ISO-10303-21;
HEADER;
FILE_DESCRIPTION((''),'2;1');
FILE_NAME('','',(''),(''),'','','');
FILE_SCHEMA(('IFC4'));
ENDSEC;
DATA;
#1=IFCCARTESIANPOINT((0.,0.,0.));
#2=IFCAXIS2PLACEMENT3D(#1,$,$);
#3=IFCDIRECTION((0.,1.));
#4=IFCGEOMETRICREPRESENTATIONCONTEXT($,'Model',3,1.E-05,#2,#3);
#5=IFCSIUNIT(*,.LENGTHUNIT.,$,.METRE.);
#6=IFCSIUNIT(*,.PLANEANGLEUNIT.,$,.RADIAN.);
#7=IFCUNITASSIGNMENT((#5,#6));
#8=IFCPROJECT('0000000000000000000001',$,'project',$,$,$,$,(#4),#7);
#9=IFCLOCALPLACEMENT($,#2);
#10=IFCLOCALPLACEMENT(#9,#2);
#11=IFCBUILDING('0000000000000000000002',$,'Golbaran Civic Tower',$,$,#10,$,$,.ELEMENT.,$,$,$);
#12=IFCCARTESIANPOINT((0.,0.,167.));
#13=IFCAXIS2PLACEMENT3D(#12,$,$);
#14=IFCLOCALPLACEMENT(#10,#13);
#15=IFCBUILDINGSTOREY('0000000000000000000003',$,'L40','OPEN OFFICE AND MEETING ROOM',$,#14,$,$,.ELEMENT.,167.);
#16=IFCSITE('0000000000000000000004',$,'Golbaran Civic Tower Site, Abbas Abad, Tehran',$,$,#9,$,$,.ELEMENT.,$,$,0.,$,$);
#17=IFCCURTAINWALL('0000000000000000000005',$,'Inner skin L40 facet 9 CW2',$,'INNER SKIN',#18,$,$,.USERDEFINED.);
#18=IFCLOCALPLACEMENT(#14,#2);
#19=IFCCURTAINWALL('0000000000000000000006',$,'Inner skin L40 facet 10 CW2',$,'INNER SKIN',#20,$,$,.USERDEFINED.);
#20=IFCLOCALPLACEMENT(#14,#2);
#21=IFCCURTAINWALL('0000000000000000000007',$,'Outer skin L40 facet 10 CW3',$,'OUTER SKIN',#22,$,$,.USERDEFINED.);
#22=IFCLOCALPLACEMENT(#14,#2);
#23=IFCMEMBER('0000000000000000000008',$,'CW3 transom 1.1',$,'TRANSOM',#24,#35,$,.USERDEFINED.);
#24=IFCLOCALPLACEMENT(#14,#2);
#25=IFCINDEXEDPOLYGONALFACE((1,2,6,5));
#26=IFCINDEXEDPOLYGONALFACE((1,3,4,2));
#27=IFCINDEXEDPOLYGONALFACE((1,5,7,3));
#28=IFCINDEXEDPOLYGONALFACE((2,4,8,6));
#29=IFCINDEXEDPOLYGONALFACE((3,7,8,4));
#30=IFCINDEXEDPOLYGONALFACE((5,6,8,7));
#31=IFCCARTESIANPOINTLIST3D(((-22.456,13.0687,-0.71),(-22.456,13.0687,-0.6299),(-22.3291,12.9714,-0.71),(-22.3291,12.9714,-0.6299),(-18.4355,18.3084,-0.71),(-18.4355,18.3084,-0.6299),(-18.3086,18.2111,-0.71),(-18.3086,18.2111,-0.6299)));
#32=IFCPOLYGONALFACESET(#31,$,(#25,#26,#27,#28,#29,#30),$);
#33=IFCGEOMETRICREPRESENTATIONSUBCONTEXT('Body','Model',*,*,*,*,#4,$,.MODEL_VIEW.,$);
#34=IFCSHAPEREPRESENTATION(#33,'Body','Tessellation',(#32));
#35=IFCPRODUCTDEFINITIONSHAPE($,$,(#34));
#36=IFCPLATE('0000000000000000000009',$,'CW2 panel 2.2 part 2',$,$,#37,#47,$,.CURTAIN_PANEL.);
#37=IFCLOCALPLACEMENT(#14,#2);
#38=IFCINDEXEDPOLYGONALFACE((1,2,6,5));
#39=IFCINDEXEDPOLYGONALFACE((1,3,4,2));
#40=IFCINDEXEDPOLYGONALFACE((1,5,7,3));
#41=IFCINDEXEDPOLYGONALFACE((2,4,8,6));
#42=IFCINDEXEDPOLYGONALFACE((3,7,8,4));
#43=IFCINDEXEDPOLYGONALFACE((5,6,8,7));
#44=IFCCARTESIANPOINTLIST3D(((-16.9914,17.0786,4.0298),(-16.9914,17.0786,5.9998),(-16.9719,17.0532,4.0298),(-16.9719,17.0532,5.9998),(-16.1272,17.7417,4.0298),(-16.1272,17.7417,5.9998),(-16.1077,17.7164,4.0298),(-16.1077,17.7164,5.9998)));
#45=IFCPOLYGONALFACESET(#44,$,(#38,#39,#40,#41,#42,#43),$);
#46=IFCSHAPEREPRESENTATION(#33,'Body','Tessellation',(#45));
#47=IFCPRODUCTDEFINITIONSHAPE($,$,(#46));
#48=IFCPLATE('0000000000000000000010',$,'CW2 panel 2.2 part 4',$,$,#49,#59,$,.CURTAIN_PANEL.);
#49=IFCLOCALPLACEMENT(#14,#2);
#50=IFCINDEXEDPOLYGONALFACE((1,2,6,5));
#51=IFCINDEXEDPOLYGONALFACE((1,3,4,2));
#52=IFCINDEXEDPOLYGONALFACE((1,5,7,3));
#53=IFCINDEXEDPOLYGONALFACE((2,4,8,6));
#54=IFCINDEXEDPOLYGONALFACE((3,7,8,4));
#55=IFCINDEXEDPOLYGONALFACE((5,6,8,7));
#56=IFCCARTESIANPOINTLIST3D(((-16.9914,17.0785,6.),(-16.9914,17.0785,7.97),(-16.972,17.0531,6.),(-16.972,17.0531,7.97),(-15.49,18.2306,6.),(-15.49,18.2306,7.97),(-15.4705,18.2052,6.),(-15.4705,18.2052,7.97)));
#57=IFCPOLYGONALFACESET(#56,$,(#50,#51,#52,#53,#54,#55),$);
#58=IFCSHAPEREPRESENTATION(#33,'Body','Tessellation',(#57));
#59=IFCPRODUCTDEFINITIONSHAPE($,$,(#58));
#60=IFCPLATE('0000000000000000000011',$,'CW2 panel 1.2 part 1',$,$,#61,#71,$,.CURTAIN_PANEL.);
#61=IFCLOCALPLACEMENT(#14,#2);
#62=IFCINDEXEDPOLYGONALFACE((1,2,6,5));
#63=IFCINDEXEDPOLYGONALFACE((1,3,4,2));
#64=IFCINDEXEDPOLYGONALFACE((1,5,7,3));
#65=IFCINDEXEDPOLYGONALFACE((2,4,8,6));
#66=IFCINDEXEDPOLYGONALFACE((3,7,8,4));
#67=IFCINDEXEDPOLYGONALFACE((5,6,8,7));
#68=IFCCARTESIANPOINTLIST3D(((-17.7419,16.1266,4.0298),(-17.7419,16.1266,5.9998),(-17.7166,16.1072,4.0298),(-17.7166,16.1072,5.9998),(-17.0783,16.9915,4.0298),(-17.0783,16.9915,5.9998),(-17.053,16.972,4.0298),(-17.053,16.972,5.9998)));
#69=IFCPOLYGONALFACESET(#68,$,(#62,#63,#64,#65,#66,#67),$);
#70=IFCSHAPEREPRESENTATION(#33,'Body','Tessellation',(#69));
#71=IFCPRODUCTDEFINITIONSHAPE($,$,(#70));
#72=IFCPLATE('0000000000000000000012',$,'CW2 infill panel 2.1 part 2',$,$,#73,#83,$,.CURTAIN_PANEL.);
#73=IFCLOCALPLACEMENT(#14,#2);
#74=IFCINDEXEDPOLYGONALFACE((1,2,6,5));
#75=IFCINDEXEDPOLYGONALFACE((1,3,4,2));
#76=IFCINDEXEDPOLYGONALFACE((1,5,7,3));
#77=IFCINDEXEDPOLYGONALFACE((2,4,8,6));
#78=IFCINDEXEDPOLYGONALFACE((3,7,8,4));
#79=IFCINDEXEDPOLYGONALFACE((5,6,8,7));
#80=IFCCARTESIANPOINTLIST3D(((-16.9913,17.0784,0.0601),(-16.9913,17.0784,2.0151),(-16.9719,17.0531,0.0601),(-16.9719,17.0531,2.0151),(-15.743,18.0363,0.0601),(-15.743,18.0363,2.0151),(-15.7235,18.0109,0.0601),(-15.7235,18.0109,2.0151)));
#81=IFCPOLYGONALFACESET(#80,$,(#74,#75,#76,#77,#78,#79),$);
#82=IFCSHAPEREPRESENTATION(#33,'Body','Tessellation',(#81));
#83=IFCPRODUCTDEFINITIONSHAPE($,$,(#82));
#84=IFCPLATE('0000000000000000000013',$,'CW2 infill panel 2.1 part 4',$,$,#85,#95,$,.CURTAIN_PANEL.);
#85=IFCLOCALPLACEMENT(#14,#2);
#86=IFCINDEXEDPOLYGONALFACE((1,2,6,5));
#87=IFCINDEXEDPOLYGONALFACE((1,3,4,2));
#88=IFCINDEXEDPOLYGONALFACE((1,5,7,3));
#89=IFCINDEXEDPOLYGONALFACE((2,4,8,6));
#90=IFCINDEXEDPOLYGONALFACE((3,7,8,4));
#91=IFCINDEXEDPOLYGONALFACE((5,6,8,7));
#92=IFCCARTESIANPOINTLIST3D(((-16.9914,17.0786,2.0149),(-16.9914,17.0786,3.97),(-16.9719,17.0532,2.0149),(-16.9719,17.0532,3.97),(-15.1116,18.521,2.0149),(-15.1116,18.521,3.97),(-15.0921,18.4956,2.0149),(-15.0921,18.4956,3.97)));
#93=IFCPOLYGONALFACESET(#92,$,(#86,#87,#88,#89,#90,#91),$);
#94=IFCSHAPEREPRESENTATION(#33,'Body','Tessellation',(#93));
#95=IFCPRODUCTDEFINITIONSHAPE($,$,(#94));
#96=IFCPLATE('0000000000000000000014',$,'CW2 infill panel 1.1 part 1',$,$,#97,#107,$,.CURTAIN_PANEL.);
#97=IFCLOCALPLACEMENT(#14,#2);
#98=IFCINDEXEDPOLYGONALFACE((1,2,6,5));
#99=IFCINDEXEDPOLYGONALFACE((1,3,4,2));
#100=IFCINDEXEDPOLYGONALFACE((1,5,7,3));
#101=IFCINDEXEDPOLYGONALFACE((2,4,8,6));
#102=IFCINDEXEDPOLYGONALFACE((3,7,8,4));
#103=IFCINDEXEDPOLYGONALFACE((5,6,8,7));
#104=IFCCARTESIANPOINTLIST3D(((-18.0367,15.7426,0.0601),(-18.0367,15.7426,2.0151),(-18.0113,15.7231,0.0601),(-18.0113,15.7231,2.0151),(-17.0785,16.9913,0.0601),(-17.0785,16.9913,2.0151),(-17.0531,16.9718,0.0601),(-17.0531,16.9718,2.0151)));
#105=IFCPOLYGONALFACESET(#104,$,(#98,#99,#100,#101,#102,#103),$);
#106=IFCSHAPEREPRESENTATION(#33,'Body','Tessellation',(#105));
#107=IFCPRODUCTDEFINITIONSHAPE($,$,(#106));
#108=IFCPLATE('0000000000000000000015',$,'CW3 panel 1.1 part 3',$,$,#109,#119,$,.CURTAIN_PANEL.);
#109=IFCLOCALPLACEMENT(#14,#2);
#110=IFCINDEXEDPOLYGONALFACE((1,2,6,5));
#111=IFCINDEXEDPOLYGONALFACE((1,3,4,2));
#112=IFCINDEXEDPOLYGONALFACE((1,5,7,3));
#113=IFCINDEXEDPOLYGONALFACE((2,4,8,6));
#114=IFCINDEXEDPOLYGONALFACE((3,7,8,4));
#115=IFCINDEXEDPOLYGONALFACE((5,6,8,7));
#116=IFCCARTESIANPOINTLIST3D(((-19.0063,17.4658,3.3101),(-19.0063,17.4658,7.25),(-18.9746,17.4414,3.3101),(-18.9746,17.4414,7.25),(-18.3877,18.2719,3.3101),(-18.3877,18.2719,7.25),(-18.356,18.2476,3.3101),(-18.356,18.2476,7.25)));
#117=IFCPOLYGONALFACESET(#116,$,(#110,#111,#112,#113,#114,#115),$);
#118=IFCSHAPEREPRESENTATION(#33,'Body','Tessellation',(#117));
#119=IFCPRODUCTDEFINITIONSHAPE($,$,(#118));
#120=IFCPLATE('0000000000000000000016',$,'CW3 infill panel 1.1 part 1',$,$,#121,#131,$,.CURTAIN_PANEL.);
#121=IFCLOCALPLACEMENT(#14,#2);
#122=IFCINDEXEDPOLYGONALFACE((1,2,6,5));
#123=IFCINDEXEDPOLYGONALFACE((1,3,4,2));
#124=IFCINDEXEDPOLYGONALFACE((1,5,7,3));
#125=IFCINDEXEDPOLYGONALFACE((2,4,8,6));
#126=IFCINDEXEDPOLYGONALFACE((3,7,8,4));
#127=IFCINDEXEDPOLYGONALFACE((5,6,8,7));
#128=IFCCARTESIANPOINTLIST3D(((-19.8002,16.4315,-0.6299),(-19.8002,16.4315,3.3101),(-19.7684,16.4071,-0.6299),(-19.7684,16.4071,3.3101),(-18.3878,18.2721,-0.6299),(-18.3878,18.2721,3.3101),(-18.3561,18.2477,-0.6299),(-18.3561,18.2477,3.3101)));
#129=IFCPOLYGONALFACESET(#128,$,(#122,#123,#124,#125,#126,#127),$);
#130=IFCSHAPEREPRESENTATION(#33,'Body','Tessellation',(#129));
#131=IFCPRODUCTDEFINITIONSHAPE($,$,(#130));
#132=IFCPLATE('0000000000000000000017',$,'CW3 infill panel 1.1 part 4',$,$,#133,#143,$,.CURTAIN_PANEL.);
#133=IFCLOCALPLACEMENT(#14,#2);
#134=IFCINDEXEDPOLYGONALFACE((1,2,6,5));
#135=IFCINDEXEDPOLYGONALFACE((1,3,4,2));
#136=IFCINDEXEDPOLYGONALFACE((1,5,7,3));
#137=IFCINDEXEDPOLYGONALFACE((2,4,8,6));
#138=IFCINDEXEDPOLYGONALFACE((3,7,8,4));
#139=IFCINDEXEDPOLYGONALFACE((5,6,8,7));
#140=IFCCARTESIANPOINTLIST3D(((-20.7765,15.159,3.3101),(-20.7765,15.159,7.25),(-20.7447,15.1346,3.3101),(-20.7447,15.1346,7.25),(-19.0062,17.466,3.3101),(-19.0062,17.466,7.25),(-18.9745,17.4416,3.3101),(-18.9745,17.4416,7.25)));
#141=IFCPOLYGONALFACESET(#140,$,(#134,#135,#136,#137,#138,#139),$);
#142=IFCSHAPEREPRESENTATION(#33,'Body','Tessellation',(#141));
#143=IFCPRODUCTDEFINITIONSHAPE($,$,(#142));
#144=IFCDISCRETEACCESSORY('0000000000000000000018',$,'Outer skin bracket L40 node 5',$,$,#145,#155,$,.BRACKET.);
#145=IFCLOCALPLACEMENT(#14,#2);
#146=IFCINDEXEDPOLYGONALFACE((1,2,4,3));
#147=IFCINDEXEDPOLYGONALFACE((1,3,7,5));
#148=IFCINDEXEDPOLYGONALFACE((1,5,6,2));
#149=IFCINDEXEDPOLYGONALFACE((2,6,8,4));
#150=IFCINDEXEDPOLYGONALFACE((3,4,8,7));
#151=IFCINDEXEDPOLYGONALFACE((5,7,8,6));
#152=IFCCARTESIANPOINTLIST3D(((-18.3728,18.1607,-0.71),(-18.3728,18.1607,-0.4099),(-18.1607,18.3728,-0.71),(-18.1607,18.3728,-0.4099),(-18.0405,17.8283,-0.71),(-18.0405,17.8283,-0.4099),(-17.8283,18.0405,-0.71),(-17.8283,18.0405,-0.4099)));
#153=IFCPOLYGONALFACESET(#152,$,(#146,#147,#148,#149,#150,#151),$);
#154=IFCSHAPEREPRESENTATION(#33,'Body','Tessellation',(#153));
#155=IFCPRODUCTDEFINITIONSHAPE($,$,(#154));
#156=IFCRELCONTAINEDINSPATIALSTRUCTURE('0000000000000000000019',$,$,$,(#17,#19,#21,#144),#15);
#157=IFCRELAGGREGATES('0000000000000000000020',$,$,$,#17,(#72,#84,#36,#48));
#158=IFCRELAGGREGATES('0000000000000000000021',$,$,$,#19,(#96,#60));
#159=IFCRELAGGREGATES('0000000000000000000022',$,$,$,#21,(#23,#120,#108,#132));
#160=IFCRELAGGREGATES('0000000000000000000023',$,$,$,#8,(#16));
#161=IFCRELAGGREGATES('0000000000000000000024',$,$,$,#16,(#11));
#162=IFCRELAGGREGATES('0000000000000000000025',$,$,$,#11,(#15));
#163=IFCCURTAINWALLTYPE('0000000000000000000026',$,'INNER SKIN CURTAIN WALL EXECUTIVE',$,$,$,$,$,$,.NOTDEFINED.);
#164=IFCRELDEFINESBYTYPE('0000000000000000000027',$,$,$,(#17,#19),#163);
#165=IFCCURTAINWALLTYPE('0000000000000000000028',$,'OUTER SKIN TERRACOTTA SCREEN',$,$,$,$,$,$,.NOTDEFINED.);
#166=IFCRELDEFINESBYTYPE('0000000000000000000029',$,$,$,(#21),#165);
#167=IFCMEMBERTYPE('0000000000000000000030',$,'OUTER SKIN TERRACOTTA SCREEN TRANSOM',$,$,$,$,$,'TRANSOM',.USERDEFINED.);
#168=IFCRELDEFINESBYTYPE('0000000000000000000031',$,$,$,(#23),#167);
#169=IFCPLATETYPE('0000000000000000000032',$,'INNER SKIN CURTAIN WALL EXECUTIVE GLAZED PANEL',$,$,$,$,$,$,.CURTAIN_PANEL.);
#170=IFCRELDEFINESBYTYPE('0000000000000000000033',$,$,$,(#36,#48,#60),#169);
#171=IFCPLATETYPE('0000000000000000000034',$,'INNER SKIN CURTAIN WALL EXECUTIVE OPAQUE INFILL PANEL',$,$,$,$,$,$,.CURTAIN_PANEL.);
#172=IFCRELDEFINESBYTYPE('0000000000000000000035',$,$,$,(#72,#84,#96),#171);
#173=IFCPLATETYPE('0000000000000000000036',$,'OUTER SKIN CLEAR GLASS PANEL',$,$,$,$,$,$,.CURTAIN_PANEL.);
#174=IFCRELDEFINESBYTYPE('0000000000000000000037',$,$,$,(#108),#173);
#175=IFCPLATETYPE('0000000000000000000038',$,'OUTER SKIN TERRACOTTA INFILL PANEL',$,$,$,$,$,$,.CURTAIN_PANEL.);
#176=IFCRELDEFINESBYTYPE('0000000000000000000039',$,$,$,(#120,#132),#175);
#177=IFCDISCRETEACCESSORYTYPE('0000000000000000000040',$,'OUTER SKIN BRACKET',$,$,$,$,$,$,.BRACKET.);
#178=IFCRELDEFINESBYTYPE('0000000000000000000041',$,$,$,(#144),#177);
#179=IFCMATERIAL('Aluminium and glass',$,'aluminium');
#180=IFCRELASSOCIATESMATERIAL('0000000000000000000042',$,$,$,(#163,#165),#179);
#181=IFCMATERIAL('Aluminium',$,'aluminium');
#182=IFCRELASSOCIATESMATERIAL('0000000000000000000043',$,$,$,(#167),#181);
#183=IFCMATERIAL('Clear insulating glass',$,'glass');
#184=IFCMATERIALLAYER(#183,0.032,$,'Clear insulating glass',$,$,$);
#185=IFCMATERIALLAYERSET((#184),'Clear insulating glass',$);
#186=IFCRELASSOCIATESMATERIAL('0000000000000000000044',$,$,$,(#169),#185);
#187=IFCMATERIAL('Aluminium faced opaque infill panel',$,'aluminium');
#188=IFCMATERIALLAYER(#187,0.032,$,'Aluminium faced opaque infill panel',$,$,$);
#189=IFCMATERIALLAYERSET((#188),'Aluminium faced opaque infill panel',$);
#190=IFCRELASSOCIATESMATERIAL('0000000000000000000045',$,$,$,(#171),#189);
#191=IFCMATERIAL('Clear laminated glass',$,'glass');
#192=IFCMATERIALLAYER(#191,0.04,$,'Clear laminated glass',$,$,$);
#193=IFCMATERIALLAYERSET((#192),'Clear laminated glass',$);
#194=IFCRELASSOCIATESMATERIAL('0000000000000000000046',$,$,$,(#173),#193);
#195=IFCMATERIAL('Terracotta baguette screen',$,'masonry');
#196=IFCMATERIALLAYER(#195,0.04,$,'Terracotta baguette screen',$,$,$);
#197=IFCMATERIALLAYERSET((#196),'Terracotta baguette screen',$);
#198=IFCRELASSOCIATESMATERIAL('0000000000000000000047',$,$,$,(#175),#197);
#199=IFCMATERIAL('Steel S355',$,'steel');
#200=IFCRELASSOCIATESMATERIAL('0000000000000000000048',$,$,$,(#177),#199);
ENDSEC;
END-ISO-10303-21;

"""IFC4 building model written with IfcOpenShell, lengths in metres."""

from ifc_helpers import new_model, si_unit, direction, frame, origin, origin_2d, place, context, subcontext, project, spatial, rectangle, extrude, material, layer, layer_set, material_profile, profile_set, type_object, element, aggregate, save


model = new_model("IFC4")

# Units and contexts
model_context = context("Model", 3, precision=1e-05, world=origin(), true_north=direction((0.0, 1.0)))
body_context = subcontext(model_context, "Body", "Model", "MODEL_VIEW")
ifc_project = project(units=[si_unit("LENGTHUNIT", "METRE"), si_unit("PLANEANGLEUNIT", "RADIAN")], contexts=[model_context])

# Site, building, storey
site_placement = place(None, origin())
site = spatial("IfcSite", under=ifc_project, at=site_placement, Name="Golbaran Civic Tower Site, Abbas Abad, Tehran", CompositionType="ELEMENT", RefElevation=0.0)
building_placement = place(site_placement, origin())
building = spatial("IfcBuilding", under=site, at=building_placement, Name="Golbaran Civic Tower", CompositionType="ELEMENT")
storey_placement = place(building_placement, frame((0.0, 0.0, 167.0)))
storey = spatial("IfcBuildingStorey", under=building, at=storey_placement, Name="L40", Description="OPEN OFFICE AND MEETING ROOM", CompositionType="ELEMENT", Elevation=167.0)

# Shared definitions
ifc_material_1 = material(Name="Steel S355", Category="steel")

# Curtain wall
ifc_material_2 = material(Name="Aluminium and glass", Category="aluminium")
curtain_wall_type_1 = type_object("IfcCurtainWallType", Name="INNER SKIN CURTAIN WALL EXECUTIVE", PredefinedType="NOTDEFINED", material=ifc_material_2)
curtain_wall_1_placement = place(storey_placement, origin())
curtain_wall_1 = element("IfcCurtainWall", 1, at=curtain_wall_1_placement, inside=storey, type_object=curtain_wall_type_1, Name="Inner skin L40 facet 9 CW2", ObjectType="INNER SKIN", PredefinedType="USERDEFINED")
ifc_material_3 = material(Name="Aluminium", Category="aluminium")

# Curtain wall
curtain_wall_2_placement = place(storey_placement, origin())
curtain_wall_2 = element("IfcCurtainWall", 2, at=curtain_wall_2_placement, inside=storey, type_object=curtain_wall_type_1, Name="Inner skin L40 facet 10 CW2", ObjectType="INNER SKIN", PredefinedType="USERDEFINED")

# Shared definitions
curtain_wall_type_2 = type_object("IfcCurtainWallType", Name="OUTER SKIN TERRACOTTA SCREEN", PredefinedType="NOTDEFINED", material=ifc_material_2)

# Curtain wall, member
curtain_wall_3_placement = place(storey_placement, origin())
curtain_wall_3 = element("IfcCurtainWall", 3, at=curtain_wall_3_placement, inside=storey, type_object=curtain_wall_type_2, Name="Outer skin L40 facet 10 CW3", ObjectType="OUTER SKIN", PredefinedType="USERDEFINED")
ifc_material_profile_1 = material_profile(ifc_material_3, rectangle(XDim=0.1599, YDim=0.0801, at=origin_2d()), Name="OUTER SKIN TERRACOTTA SCREEN TRANSOM")
ifc_profile_set_1 = profile_set([ifc_material_profile_1], Name="Aluminium")
member_type_1 = type_object("IfcMemberType", Name="OUTER SKIN TERRACOTTA SCREEN TRANSOM", ElementType="TRANSOM", PredefinedType="USERDEFINED", material=ifc_profile_set_1)
member_1_placement = place(storey_placement, frame((-18.3721, 18.2598, -0.6699), z_axis=(-0.608753, -0.79336, 0.0), x_axis=(0.79336, -0.608753, 0.0)))
member_1 = element("IfcMember", 4, at=member_1_placement, type_object=member_type_1, Name="CW3 transom 1.1", ObjectType="TRANSOM", PredefinedType="USERDEFINED", context=body_context, shape_type="SweptSolid", body=[
    extrude(rectangle(XDim=0.1599, YDim=0.0801, at=origin_2d()), origin(), (0.0, 0.0, 1.0), 6.6045),
])

# Plates
ifc_material_4 = material(Name="Clear insulating glass", Category="glass")
ifc_layer_1 = layer(ifc_material_4, 0.032, Name="Clear insulating glass")
ifc_layer_set_1 = layer_set([ifc_layer_1], Name="Clear insulating glass")
plate_type_1 = type_object("IfcPlateType", Name="INNER SKIN CURTAIN WALL EXECUTIVE GLAZED PANEL", PredefinedType="CURTAIN_PANEL", material=ifc_layer_set_1)
plate_1_placement = place(storey_placement, frame((-16.5496, 17.3975, 4.0298), z_axis=(0.0, 0.0, 1.0), x_axis=(-0.793353, -0.608761, 0.0)))
plate_1 = element("IfcPlate", 5, at=plate_1_placement, type_object=plate_type_1, Name="CW2 panel 2.2 part 2", PredefinedType="CURTAIN_PANEL", context=body_context, shape_type="SweptSolid", body=[
    extrude(rectangle(XDim=1.0894, YDim=0.032, at=origin_2d()), origin(), (0.0, 0.0, 1.0), 1.97),
])
plate_2_placement = place(storey_placement, frame((-16.231, 17.6418, 6.0), z_axis=(0.0, 0.0, 1.0), x_axis=(-0.793353, -0.608761, 0.0)))
plate_2 = element("IfcPlate", 6, at=plate_2_placement, type_object=plate_type_1, Name="CW2 panel 2.2 part 4", PredefinedType="CURTAIN_PANEL", context=body_context, shape_type="SweptSolid", body=[
    extrude(rectangle(XDim=1.8926, YDim=0.032, at=origin_2d()), origin(), (0.0, 0.0, 1.0), 1.97),
])
plate_3_placement = place(storey_placement, frame((-17.3975, 16.5493, 4.0298), z_axis=(0.0, 0.0, 1.0), x_axis=(-0.608761, -0.793353, 0.0)))
plate_3 = element("IfcPlate", 7, at=plate_3_placement, type_object=plate_type_1, Name="CW2 panel 1.2 part 1", PredefinedType="CURTAIN_PANEL", context=body_context, shape_type="SweptSolid", body=[
    extrude(rectangle(XDim=1.0901, YDim=0.032, at=origin_2d()), origin(), (0.0, 0.0, 1.0), 1.97),
])
ifc_material_5 = material(Name="Aluminium faced opaque infill panel", Category="aluminium")
ifc_layer_2 = layer(ifc_material_5, 0.032, Name="Aluminium faced opaque infill panel")
ifc_layer_set_2 = layer_set([ifc_layer_2], Name="Aluminium faced opaque infill panel")
plate_type_2 = type_object("IfcPlateType", Name="INNER SKIN CURTAIN WALL EXECUTIVE OPAQUE INFILL PANEL", PredefinedType="CURTAIN_PANEL", material=ifc_layer_set_2)
plate_4_placement = place(storey_placement, frame((-16.3574, 17.5447, 0.0601), z_axis=(0.0, 0.0, 1.0), x_axis=(-0.793353, -0.608761, 0.0)))
plate_4 = element("IfcPlate", 8, at=plate_4_placement, type_object=plate_type_2, Name="CW2 infill panel 2.1 part 2", PredefinedType="CURTAIN_PANEL", context=body_context, shape_type="SweptSolid", body=[
    extrude(rectangle(XDim=1.5735, YDim=0.032, at=origin_2d()), origin(), (0.0, 0.0, 1.0), 1.9551),
])
plate_5_placement = place(storey_placement, frame((-16.0417, 17.7871, 2.0149), z_axis=(0.0, 0.0, 1.0), x_axis=(-0.793353, -0.608761, 0.0)))
plate_5 = element("IfcPlate", 9, at=plate_5_placement, type_object=plate_type_2, Name="CW2 infill panel 2.1 part 4", PredefinedType="CURTAIN_PANEL", context=body_context, shape_type="SweptSolid", body=[
    extrude(rectangle(XDim=2.3694, YDim=0.032, at=origin_2d()), origin(), (0.0, 0.0, 1.0), 1.9551),
])
aggregate(curtain_wall_1, [plate_4, plate_5, plate_1, plate_2])
plate_6_placement = place(storey_placement, frame((-17.5449, 16.3572, 0.0601), z_axis=(0.0, 0.0, 1.0), x_axis=(-0.608761, -0.793353, 0.0)))
plate_6 = element("IfcPlate", 10, at=plate_6_placement, type_object=plate_type_2, Name="CW2 infill panel 1.1 part 1", PredefinedType="CURTAIN_PANEL", context=body_context, shape_type="SweptSolid", body=[
    extrude(rectangle(XDim=1.574, YDim=0.032, at=origin_2d()), origin(), (0.0, 0.0, 1.0), 1.9551),
])
aggregate(curtain_wall_2, [plate_6, plate_3])
ifc_material_6 = material(Name="Clear laminated glass", Category="glass")
ifc_layer_3 = layer(ifc_material_6, 0.04, Name="Clear laminated glass")
ifc_layer_set_3 = layer_set([ifc_layer_3], Name="Clear laminated glass")
plate_type_3 = type_object("IfcPlateType", Name="OUTER SKIN CLEAR GLASS PANEL", PredefinedType="CURTAIN_PANEL", material=ifc_layer_set_3)
plate_7_placement = place(storey_placement, frame((-18.6812, 17.8567, 3.3101), z_axis=(0.0, 0.0, 1.0), x_axis=(-0.608761, -0.793353, 0.0)))
plate_7 = element("IfcPlate", 11, at=plate_7_placement, type_object=plate_type_3, Name="CW3 panel 1.1 part 3", PredefinedType="CURTAIN_PANEL", context=body_context, shape_type="SweptSolid", body=[
    extrude(rectangle(XDim=1.0161, YDim=0.04, at=origin_2d()), origin(), (0.0, 0.0, 1.0), 3.9399),
])
ifc_material_7 = material(Name="Terracotta baguette screen", Category="masonry")
ifc_layer_4 = layer(ifc_material_7, 0.04, Name="Terracotta baguette screen")
ifc_layer_set_4 = layer_set([ifc_layer_4], Name="Terracotta baguette screen")
plate_type_4 = type_object("IfcPlateType", Name="OUTER SKIN TERRACOTTA INFILL PANEL", PredefinedType="CURTAIN_PANEL", material=ifc_layer_set_4)
plate_8_placement = place(storey_placement, frame((-19.0781, 17.3396, -0.6299), z_axis=(0.0, 0.0, 1.0), x_axis=(-0.608761, -0.793353, 0.0)))
plate_8 = element("IfcPlate", 12, at=plate_8_placement, type_object=plate_type_4, Name="CW3 infill panel 1.1 part 1", PredefinedType="CURTAIN_PANEL", context=body_context, shape_type="SweptSolid", body=[
    extrude(rectangle(XDim=2.3201, YDim=0.04, at=origin_2d()), origin(), (0.0, 0.0, 1.0), 3.9399),
])
plate_9_placement = place(storey_placement, frame((-19.8755, 16.3003, 3.3101), z_axis=(0.0, 0.0, 1.0), x_axis=(-0.608761, -0.793353, 0.0)))
plate_9 = element("IfcPlate", 13, at=plate_9_placement, type_object=plate_type_4, Name="CW3 infill panel 1.1 part 4", PredefinedType="CURTAIN_PANEL", context=body_context, shape_type="SweptSolid", body=[
    extrude(rectangle(XDim=2.908, YDim=0.04, at=origin_2d()), origin(), (0.0, 0.0, 1.0), 3.9399),
])
aggregate(curtain_wall_3, [member_1, plate_8, plate_7, plate_9])

# Discrete accessory
discrete_accessory_type = type_object("IfcDiscreteAccessoryType", Name="OUTER SKIN BRACKET", PredefinedType="BRACKET", material=ifc_material_1)
discrete_accessory_placement = place(storey_placement, frame((-18.1006, 18.1006, -0.71), z_axis=(0.0, 0.0, 1.0), x_axis=(-0.707107, 0.707107, 0.0)))
element("IfcDiscreteAccessory", 14, at=discrete_accessory_placement, inside=storey, type_object=discrete_accessory_type, Name="Outer skin bracket L40 node 5", PredefinedType="BRACKET", context=body_context, shape_type="SweptSolid", body=[
    extrude(rectangle(XDim=0.47, YDim=0.3, at=origin_2d()), origin(), (0.0, 0.0, 1.0), 0.3),
])

save(model, "model.ifc")
